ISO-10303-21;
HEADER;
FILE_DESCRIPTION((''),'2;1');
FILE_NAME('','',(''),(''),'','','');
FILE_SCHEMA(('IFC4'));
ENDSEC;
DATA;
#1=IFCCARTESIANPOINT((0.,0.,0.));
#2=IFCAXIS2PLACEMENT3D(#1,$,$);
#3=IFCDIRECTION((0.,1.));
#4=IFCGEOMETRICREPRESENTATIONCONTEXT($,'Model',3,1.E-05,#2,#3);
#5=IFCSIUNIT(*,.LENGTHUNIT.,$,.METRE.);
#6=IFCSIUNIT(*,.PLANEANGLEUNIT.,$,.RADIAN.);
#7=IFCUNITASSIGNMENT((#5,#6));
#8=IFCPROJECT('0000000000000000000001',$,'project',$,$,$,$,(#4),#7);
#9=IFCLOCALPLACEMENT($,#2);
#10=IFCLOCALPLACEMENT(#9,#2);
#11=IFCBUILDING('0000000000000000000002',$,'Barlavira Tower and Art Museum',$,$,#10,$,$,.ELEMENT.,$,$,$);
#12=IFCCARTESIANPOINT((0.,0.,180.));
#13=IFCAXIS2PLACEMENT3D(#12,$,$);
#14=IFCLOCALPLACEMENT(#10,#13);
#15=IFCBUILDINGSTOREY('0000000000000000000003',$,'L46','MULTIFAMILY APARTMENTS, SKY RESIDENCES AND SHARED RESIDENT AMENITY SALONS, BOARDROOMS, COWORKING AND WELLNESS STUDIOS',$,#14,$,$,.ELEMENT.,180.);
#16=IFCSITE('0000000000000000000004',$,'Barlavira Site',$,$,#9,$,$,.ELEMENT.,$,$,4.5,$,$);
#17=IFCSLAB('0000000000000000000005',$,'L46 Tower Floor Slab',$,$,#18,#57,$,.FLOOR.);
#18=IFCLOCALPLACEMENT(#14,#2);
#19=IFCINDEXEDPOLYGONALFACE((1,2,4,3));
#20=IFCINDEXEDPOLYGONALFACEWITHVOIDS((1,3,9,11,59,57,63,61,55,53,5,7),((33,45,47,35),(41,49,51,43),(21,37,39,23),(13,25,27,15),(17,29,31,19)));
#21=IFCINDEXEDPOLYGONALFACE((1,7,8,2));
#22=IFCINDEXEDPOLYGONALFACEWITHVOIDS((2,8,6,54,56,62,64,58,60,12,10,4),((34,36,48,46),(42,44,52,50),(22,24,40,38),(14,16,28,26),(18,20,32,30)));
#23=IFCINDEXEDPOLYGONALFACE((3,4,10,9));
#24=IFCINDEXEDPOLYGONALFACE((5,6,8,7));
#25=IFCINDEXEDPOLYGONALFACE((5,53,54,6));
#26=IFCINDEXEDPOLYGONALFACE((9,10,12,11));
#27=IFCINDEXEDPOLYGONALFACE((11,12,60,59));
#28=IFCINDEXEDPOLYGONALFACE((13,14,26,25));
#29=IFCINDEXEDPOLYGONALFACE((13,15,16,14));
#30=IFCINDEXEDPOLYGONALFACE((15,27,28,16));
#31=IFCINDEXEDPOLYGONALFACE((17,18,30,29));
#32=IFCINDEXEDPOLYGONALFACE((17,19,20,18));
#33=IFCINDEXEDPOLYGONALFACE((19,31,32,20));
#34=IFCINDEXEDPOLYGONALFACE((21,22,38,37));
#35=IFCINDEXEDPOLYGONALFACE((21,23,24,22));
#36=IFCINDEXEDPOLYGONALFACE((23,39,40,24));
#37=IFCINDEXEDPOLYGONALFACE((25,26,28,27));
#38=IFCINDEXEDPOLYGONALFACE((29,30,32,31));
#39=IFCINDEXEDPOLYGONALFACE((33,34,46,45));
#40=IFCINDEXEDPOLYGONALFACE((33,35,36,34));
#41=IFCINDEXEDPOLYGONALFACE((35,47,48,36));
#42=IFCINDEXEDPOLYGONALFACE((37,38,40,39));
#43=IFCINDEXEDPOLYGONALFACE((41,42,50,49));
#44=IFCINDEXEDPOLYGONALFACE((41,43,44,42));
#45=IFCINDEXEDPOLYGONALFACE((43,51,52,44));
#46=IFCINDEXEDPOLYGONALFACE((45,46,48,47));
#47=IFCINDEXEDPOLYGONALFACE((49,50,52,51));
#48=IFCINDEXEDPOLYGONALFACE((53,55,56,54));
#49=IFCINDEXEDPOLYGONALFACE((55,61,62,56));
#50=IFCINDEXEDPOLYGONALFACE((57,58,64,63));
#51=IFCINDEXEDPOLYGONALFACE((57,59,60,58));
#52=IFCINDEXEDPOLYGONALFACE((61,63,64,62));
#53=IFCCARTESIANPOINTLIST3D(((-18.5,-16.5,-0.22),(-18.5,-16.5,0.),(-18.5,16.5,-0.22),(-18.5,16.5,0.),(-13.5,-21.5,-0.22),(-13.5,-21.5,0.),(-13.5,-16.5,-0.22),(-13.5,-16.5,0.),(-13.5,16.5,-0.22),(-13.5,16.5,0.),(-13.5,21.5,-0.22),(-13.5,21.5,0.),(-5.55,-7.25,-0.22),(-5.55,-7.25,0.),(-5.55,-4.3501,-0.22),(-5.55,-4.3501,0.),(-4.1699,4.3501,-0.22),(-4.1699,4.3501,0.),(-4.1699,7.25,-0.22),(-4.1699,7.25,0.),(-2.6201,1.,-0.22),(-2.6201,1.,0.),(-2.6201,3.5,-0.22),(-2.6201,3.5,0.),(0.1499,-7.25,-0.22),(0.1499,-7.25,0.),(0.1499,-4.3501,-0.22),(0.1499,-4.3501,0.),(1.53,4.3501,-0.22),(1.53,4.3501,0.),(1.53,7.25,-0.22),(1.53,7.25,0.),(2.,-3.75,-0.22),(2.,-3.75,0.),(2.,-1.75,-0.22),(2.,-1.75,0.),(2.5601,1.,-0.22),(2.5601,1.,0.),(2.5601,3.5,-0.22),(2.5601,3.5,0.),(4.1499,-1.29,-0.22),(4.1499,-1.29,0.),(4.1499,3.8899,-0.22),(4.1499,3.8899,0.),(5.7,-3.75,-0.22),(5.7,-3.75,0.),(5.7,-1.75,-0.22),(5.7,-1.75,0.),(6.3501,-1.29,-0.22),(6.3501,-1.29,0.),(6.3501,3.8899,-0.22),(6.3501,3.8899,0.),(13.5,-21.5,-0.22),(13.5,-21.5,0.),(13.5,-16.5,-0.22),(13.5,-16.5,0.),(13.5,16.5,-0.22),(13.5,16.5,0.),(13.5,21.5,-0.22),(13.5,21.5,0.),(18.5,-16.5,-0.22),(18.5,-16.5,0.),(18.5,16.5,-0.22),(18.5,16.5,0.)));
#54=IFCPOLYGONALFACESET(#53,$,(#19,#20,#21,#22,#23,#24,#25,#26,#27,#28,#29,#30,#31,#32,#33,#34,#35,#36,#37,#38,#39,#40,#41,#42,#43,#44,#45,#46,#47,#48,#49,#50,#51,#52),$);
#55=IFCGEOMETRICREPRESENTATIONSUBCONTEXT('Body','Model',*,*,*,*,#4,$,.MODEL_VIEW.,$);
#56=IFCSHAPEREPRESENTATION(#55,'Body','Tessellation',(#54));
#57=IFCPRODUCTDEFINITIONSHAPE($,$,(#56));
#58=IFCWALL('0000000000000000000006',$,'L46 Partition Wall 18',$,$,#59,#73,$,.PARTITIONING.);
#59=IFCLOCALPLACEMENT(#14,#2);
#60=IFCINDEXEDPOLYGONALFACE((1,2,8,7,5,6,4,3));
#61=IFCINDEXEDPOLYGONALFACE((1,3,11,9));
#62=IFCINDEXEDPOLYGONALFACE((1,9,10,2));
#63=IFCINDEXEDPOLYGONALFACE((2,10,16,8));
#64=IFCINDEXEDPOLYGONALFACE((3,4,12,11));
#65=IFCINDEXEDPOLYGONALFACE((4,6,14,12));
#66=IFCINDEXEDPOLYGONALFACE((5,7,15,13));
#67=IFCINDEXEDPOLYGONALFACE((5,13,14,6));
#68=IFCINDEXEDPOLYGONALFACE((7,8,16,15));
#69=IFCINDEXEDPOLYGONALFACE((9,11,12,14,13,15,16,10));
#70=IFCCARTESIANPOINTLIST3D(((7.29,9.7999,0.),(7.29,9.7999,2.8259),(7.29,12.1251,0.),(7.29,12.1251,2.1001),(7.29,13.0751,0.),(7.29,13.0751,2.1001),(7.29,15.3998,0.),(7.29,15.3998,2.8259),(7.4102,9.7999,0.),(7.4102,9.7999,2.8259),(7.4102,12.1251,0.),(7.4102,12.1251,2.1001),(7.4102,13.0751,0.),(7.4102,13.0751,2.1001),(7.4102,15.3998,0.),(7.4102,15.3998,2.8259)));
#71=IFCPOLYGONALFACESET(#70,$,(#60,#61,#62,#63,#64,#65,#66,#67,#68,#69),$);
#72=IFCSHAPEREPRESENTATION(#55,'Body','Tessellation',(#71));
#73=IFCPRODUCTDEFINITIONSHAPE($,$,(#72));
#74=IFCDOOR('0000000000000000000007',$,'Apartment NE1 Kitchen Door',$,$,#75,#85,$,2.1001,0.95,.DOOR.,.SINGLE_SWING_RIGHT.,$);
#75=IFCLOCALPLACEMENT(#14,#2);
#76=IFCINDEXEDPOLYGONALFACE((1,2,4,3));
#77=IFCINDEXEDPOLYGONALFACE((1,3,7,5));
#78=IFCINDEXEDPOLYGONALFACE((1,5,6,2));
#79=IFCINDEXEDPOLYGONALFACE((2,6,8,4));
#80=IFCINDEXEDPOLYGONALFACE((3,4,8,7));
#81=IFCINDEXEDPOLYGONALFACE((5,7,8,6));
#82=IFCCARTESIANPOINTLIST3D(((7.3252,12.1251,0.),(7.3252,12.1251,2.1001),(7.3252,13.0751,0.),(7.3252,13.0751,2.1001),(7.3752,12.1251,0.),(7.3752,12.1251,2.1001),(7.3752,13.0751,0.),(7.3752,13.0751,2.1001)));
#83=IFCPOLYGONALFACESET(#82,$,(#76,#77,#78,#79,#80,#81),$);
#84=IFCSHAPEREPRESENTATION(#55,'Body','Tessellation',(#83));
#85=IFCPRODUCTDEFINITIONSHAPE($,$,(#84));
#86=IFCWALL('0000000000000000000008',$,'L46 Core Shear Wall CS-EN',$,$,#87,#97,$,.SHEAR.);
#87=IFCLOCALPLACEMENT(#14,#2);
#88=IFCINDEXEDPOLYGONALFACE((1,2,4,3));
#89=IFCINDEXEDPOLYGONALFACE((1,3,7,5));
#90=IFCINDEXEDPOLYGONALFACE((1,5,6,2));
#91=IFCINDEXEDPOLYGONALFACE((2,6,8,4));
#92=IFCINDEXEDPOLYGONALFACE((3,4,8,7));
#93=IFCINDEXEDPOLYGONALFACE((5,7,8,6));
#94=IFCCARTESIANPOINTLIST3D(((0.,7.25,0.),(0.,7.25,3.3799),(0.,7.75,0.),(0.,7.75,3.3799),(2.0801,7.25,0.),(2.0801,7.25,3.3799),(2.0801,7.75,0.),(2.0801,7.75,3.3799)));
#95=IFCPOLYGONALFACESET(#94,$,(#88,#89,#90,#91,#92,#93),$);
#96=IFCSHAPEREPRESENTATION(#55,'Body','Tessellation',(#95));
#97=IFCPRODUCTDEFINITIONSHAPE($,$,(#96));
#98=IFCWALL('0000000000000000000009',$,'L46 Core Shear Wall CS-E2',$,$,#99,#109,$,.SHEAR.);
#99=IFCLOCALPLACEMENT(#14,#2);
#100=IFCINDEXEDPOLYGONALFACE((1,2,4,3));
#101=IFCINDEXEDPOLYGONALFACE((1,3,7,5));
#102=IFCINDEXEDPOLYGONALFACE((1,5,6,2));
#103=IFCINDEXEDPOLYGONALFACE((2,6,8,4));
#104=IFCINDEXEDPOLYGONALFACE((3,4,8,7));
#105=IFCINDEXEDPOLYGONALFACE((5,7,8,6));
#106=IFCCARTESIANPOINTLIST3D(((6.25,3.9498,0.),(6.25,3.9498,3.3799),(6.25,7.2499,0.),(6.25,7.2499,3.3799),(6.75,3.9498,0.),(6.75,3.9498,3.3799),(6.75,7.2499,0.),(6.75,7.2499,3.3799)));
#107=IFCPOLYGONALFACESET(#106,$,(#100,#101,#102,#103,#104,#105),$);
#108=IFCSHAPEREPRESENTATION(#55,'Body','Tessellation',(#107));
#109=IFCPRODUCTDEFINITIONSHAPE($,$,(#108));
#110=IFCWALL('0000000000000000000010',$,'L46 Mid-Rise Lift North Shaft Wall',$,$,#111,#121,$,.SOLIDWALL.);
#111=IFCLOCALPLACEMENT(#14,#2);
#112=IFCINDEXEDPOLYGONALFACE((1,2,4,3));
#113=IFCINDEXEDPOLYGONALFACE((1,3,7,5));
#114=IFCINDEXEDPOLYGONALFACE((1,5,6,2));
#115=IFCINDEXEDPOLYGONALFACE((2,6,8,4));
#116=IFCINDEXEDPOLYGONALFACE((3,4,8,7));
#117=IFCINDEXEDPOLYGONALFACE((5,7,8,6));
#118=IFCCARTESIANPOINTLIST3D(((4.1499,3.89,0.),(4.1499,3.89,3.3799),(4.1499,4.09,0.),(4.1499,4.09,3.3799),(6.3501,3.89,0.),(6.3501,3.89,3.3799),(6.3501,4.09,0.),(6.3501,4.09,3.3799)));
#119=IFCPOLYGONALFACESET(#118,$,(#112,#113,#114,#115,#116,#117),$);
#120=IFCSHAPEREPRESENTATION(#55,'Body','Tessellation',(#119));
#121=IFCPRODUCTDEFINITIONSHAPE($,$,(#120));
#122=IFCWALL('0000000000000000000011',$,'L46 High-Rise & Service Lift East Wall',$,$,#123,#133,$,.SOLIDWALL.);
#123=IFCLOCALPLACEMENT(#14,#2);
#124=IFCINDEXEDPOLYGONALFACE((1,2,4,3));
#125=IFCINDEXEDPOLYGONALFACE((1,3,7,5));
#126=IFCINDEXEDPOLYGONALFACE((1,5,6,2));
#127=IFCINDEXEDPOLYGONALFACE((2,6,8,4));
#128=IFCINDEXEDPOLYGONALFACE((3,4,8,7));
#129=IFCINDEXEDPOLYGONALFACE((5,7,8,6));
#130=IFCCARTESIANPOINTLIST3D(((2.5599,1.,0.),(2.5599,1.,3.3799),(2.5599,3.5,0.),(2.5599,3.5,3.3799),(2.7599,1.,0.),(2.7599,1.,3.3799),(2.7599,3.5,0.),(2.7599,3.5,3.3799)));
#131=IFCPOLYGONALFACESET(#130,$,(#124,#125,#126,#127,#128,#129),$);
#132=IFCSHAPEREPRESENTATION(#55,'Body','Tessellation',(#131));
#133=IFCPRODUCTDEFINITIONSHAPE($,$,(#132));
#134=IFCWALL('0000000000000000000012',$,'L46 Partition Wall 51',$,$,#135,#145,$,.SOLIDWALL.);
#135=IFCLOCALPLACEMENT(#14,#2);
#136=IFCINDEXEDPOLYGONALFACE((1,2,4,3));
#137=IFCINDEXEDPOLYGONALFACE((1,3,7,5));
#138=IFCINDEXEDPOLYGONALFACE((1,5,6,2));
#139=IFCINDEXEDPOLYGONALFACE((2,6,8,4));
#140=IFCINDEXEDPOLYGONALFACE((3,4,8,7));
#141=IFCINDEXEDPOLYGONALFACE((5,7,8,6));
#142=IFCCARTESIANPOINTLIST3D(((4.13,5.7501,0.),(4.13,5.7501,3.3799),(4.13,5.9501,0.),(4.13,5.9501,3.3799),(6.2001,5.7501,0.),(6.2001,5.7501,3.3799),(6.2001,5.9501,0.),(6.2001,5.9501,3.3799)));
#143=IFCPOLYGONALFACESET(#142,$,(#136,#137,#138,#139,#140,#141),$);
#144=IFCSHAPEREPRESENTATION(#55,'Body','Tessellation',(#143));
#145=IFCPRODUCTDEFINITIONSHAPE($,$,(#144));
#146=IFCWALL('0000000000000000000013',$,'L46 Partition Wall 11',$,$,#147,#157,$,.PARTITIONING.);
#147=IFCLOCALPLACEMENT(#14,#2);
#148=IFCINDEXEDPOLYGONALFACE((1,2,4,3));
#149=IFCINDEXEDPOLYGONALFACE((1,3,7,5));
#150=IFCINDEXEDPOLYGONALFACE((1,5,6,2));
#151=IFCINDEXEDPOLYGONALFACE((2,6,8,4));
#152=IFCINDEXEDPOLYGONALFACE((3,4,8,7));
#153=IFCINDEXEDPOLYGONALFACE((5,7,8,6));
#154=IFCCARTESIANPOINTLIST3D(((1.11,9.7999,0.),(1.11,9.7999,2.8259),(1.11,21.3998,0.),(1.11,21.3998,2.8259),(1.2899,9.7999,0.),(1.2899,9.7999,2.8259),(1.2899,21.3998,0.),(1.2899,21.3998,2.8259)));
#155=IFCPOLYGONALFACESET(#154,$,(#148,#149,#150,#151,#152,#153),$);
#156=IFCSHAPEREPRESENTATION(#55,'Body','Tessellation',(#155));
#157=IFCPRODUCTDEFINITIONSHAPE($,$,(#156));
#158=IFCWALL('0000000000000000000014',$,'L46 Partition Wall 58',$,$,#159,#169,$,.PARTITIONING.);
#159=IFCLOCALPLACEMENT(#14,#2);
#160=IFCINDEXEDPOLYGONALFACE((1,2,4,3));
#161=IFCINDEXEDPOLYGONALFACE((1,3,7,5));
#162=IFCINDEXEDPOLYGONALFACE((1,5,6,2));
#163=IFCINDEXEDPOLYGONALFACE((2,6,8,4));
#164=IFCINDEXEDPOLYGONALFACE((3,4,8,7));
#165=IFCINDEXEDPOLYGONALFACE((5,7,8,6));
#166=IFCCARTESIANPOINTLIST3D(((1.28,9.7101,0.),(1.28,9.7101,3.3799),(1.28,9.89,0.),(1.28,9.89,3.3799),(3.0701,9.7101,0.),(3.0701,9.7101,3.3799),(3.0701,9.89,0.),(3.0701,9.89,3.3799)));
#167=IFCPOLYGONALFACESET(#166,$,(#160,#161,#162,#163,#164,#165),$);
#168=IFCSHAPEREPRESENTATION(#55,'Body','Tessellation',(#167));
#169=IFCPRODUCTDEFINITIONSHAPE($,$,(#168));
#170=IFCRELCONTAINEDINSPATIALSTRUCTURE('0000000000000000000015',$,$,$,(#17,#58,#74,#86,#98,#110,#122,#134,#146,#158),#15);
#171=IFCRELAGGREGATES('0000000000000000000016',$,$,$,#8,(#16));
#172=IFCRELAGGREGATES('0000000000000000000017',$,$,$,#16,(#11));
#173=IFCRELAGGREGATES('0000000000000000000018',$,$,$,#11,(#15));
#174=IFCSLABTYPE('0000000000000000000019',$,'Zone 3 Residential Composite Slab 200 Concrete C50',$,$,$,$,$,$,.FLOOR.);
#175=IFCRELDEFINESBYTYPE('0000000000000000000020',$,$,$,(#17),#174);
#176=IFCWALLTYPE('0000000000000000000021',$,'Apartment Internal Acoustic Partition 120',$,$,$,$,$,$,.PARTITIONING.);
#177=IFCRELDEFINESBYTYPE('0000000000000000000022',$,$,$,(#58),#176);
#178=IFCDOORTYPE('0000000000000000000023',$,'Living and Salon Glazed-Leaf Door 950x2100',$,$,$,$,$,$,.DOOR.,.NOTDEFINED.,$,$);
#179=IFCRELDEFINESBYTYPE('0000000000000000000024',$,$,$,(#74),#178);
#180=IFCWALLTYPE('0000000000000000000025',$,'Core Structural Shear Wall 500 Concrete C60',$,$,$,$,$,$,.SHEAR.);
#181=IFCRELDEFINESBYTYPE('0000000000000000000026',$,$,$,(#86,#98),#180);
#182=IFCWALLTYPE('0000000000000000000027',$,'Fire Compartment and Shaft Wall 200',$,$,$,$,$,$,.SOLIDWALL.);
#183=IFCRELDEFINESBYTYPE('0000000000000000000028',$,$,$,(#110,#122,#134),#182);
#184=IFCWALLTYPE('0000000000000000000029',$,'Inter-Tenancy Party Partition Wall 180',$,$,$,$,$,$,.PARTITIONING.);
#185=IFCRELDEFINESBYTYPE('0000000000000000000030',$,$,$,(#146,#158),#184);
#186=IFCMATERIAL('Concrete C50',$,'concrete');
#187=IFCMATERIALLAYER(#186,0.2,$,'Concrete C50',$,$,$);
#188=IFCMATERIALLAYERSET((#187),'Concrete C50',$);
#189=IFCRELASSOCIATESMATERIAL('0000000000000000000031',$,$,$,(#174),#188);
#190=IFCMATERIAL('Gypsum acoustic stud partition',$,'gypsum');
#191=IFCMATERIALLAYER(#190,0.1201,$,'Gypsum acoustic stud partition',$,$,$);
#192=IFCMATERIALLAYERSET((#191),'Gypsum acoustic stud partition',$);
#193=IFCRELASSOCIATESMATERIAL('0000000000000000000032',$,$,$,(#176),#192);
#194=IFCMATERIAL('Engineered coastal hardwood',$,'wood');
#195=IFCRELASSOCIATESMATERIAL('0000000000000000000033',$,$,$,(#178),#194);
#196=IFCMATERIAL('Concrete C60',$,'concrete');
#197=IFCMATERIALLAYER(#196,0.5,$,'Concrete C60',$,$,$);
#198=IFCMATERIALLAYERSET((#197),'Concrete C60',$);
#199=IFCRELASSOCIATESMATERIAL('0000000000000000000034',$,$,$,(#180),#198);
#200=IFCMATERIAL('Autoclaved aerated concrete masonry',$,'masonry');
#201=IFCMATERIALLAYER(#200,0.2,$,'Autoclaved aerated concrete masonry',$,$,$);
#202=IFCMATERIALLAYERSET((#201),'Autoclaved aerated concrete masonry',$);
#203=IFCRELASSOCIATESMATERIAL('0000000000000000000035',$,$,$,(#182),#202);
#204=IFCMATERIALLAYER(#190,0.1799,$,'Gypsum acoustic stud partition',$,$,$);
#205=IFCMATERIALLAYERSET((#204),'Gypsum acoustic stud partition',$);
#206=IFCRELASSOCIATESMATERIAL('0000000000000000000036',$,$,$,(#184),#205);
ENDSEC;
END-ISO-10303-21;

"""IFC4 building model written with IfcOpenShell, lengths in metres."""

from ifc_helpers import new_model, si_unit, direction, frame, frame_2d, origin, place, context, subcontext, project, spatial, polyline, rectangle, outline, extrude, material, layer, layer_set, type_object, element, fill, save


model = new_model("IFC4")

# Units and contexts
model_context = context("Model", 3, precision=1e-05, world=origin(), true_north=direction((0.0, 1.0)))
body_context = subcontext(model_context, "Body", "Model", "MODEL_VIEW")
ifc_project = project(units=[si_unit("LENGTHUNIT", "METRE"), si_unit("PLANEANGLEUNIT", "RADIAN")], contexts=[model_context])

# Site, building, storey
site_placement = place(None, origin())
site = spatial("IfcSite", under=ifc_project, at=site_placement, Name="Barlavira Site", CompositionType="ELEMENT", RefElevation=4.5)
building_placement = place(site_placement, origin())
building = spatial("IfcBuilding", under=site, at=building_placement, Name="Barlavira Tower and Art Museum", CompositionType="ELEMENT")
storey_placement = place(building_placement, frame((0.0, 0.0, 180.0)))
storey = spatial("IfcBuildingStorey", under=building, at=storey_placement, Name="L46", Description="MULTIFAMILY APARTMENTS, SKY RESIDENCES AND SHARED RESIDENT AMENITY SALONS, BOARDROOMS, COWORKING AND WELLNESS STUDIOS", CompositionType="ELEMENT", Elevation=180.0)

# Slab
ifc_material_1 = material(Name="Concrete C50", Category="concrete")
ifc_layer_1 = layer(ifc_material_1, 0.2, Name="Concrete C50")
ifc_layer_set_1 = layer_set([ifc_layer_1], Name="Concrete C50")
slab_type_1 = type_object("IfcSlabType", Name="Zone 3 Residential Composite Slab 200 Concrete C50", PredefinedType="FLOOR", material=ifc_layer_set_1)
slab_1_placement = place(storey_placement, frame((0.0, 0.0, -0.22)))
element("IfcSlab", 1, at=slab_1_placement, inside=storey, type_object=slab_type_1, Name="L46 Tower Floor Slab", PredefinedType="FLOOR", context=body_context, shape_type="SweptSolid", body=[
    extrude(outline(polyline([(-13.5, -21.5), (13.5, -21.5), (13.5, -16.5), (18.5, -16.5), (18.5, 16.5), (13.5, 16.5), (13.5, 21.5), (-13.5, 21.5), (-13.5, 16.5), (-18.5, 16.5), (-18.5, -16.5), (-13.5, -16.5), (-13.5, -21.5)]), holes=[polyline([(0.1499, -4.3501), (-5.55, -4.3501), (-5.55, -7.25), (0.1499, -7.25), (0.1499, -4.3501)]), polyline([(-4.1699, 4.3501), (1.53, 4.3501), (1.53, 7.25), (-4.1699, 7.25), (-4.1699, 4.3501)]), polyline([(4.1499, -1.29), (6.3501, -1.29), (6.3501, 3.8899), (4.1499, 3.8899), (4.1499, -1.29)]), polyline([(-2.6201, 1.0), (2.5601, 1.0), (2.5601, 3.5), (-2.6201, 3.5), (-2.6201, 1.0)]), polyline([(2.0, -3.75), (5.7, -3.75), (5.7, -1.75), (2.0, -1.75), (2.0, -3.75)])]), origin(), (0.0, 0.0, 1.0), 0.22),
])

# Wall, opening, door
ifc_material_2 = material(Name="Gypsum acoustic stud partition", Category="gypsum")
ifc_layer_2 = layer(ifc_material_2, 0.1201, Name="Gypsum acoustic stud partition")
ifc_layer_set_2 = layer_set([ifc_layer_2], Name="Gypsum acoustic stud partition")
wall_type_1 = type_object("IfcWallType", Name="Apartment Internal Acoustic Partition 120", PredefinedType="PARTITIONING", material=ifc_layer_set_2)
wall_1_placement = place(storey_placement, frame((7.3501, 9.8, 0.0), z_axis=(0.0, 0.0, 1.0), x_axis=(0.0, 1.0, 0.0)))
wall_1 = element("IfcWall", 2, at=wall_1_placement, inside=storey, type_object=wall_type_1, Name="L46 Partition Wall 18", PredefinedType="PARTITIONING", context=body_context, shape_type="SweptSolid", body=[
    extrude(rectangle(XDim=5.5999, YDim=0.1201, at=frame_2d((2.7998, 0.0))), origin(), (0.0, 0.0, 1.0), 2.8259),
])
opening_1_placement = place(wall_1_placement, frame((2.325, 0.0, 0.0)))
opening_1 = element("IfcOpeningElement", 3, at=opening_1_placement, cuts=wall_1, PredefinedType="OPENING", context=body_context, shape_type="SweptSolid", body=[
    extrude(rectangle(XDim=0.95, YDim=2.1001, at=frame_2d((0.4751, 1.05))), frame((0.0, 0.0701, 0.0), z_axis=(0.0, -1.0, 0.0), x_axis=(1.0, 0.0, 0.0)), (0.0, 0.0, 1.0), 0.1401),
])
ifc_material_3 = material(Name="Engineered coastal hardwood", Category="wood")
door_type_1 = type_object("IfcDoorType", Name="Living and Salon Glazed-Leaf Door 950x2100", OperationType="NOTDEFINED", PredefinedType="DOOR", material=ifc_material_3)
door_1_placement = place(opening_1_placement, origin())
door_1 = element("IfcDoor", 4, at=door_1_placement, inside=storey, type_object=door_type_1, Name="Apartment NE1 Kitchen Door", OperationType="SINGLE_SWING_RIGHT", OverallHeight=2.1001, OverallWidth=0.95, PredefinedType="DOOR", context=body_context, shape_type="SweptSolid", body=[
    extrude(rectangle(XDim=0.95, YDim=2.1001, at=frame_2d((0.4751, 1.05))), frame((0.0, 0.0249, 0.0), z_axis=(0.0, -1.0, 0.0), x_axis=(1.0, 0.0, 0.0)), (0.0, 0.0, 1.0), 0.05),
])
fill(opening_1, door_1)

# Walls
ifc_material_4 = material(Name="Concrete C60", Category="concrete")
ifc_layer_3 = layer(ifc_material_4, 0.5, Name="Concrete C60")
ifc_layer_set_3 = layer_set([ifc_layer_3], Name="Concrete C60")
wall_type_2 = type_object("IfcWallType", Name="Core Structural Shear Wall 500 Concrete C60", PredefinedType="SHEAR", material=ifc_layer_set_3)
wall_2_placement = place(storey_placement, frame((0.0, 7.5, 0.0), z_axis=(0.0, 0.0, 1.0), x_axis=(1.0, 0.0, 0.0)))
element("IfcWall", 5, at=wall_2_placement, inside=storey, type_object=wall_type_2, Name="L46 Core Shear Wall CS-EN", PredefinedType="SHEAR", context=body_context, shape_type="SweptSolid", body=[
    extrude(rectangle(XDim=2.0801, YDim=0.5, at=frame_2d((1.04, 0.0))), origin(), (0.0, 0.0, 1.0), 3.3799),
])
wall_3_placement = place(storey_placement, frame((6.5, 3.95, 0.0), z_axis=(0.0, 0.0, 1.0), x_axis=(0.0, 1.0, 0.0)))
element("IfcWall", 6, at=wall_3_placement, inside=storey, type_object=wall_type_2, Name="L46 Core Shear Wall CS-E2", PredefinedType="SHEAR", context=body_context, shape_type="SweptSolid", body=[
    extrude(rectangle(XDim=3.3, YDim=0.5, at=frame_2d((1.6499, 0.0))), origin(), (0.0, 0.0, 1.0), 3.3799),
])
ifc_material_5 = material(Name="Autoclaved aerated concrete masonry", Category="masonry")
ifc_layer_4 = layer(ifc_material_5, 0.2, Name="Autoclaved aerated concrete masonry")
ifc_layer_set_4 = layer_set([ifc_layer_4], Name="Autoclaved aerated concrete masonry")
wall_type_3 = type_object("IfcWallType", Name="Fire Compartment and Shaft Wall 200", PredefinedType="SOLIDWALL", material=ifc_layer_set_4)
wall_4_placement = place(storey_placement, frame((4.1499, 3.99, 0.0), z_axis=(0.0, 0.0, 1.0), x_axis=(1.0, 0.0, 0.0)))
element("IfcWall", 7, at=wall_4_placement, inside=storey, type_object=wall_type_3, Name="L46 Mid-Rise Lift North Shaft Wall", PredefinedType="SOLIDWALL", context=body_context, shape_type="SweptSolid", body=[
    extrude(rectangle(XDim=2.2002, YDim=0.2, at=frame_2d((1.1001, 0.0))), origin(), (0.0, 0.0, 1.0), 3.3799),
])
wall_5_placement = place(storey_placement, frame((2.6599, 1.0, 0.0), z_axis=(0.0, 0.0, 1.0), x_axis=(0.0, 1.0, 0.0)))
element("IfcWall", 8, at=wall_5_placement, inside=storey, type_object=wall_type_3, Name="L46 High-Rise & Service Lift East Wall", PredefinedType="SOLIDWALL", context=body_context, shape_type="SweptSolid", body=[
    extrude(rectangle(XDim=2.5, YDim=0.2, at=frame_2d((1.25, 0.0))), origin(), (0.0, 0.0, 1.0), 3.3799),
])

# Walls
wall_6_placement = place(storey_placement, frame((4.1299, 5.8501, 0.0), z_axis=(0.0, 0.0, 1.0), x_axis=(1.0, 0.0, 0.0)))
element("IfcWall", 9, at=wall_6_placement, inside=storey, type_object=wall_type_3, Name="L46 Partition Wall 51", PredefinedType="SOLIDWALL", context=body_context, shape_type="SweptSolid", body=[
    extrude(rectangle(XDim=2.0701, YDim=0.2, at=frame_2d((1.0352, 0.0))), origin(), (0.0, 0.0, 1.0), 3.3799),
])
ifc_layer_5 = layer(ifc_material_2, 0.1799, Name="Gypsum acoustic stud partition")
ifc_layer_set_5 = layer_set([ifc_layer_5], Name="Gypsum acoustic stud partition")
wall_type_4 = type_object("IfcWallType", Name="Inter-Tenancy Party Partition Wall 180", PredefinedType="PARTITIONING", material=ifc_layer_set_5)
wall_7_placement = place(storey_placement, frame((1.2, 9.8, 0.0), z_axis=(0.0, 0.0, 1.0), x_axis=(0.0, 1.0, 0.0)))
element("IfcWall", 10, at=wall_7_placement, inside=storey, type_object=wall_type_4, Name="L46 Partition Wall 11", PredefinedType="PARTITIONING", context=body_context, shape_type="SweptSolid", body=[
    extrude(rectangle(XDim=11.5999, YDim=0.1799, at=frame_2d((5.7998, 0.0))), origin(), (0.0, 0.0, 1.0), 2.8259),
])
wall_8_placement = place(storey_placement, frame((1.28, 9.8, 0.0), z_axis=(0.0, 0.0, 1.0), x_axis=(1.0, 0.0, 0.0)))
element("IfcWall", 11, at=wall_8_placement, inside=storey, type_object=wall_type_4, Name="L46 Partition Wall 58", PredefinedType="PARTITIONING", context=body_context, shape_type="SweptSolid", body=[
    extrude(rectangle(XDim=1.79, YDim=0.1799, at=frame_2d((0.895, 0.0))), origin(), (0.0, 0.0, 1.0), 3.3799),
])

save(model, "model.ifc")
